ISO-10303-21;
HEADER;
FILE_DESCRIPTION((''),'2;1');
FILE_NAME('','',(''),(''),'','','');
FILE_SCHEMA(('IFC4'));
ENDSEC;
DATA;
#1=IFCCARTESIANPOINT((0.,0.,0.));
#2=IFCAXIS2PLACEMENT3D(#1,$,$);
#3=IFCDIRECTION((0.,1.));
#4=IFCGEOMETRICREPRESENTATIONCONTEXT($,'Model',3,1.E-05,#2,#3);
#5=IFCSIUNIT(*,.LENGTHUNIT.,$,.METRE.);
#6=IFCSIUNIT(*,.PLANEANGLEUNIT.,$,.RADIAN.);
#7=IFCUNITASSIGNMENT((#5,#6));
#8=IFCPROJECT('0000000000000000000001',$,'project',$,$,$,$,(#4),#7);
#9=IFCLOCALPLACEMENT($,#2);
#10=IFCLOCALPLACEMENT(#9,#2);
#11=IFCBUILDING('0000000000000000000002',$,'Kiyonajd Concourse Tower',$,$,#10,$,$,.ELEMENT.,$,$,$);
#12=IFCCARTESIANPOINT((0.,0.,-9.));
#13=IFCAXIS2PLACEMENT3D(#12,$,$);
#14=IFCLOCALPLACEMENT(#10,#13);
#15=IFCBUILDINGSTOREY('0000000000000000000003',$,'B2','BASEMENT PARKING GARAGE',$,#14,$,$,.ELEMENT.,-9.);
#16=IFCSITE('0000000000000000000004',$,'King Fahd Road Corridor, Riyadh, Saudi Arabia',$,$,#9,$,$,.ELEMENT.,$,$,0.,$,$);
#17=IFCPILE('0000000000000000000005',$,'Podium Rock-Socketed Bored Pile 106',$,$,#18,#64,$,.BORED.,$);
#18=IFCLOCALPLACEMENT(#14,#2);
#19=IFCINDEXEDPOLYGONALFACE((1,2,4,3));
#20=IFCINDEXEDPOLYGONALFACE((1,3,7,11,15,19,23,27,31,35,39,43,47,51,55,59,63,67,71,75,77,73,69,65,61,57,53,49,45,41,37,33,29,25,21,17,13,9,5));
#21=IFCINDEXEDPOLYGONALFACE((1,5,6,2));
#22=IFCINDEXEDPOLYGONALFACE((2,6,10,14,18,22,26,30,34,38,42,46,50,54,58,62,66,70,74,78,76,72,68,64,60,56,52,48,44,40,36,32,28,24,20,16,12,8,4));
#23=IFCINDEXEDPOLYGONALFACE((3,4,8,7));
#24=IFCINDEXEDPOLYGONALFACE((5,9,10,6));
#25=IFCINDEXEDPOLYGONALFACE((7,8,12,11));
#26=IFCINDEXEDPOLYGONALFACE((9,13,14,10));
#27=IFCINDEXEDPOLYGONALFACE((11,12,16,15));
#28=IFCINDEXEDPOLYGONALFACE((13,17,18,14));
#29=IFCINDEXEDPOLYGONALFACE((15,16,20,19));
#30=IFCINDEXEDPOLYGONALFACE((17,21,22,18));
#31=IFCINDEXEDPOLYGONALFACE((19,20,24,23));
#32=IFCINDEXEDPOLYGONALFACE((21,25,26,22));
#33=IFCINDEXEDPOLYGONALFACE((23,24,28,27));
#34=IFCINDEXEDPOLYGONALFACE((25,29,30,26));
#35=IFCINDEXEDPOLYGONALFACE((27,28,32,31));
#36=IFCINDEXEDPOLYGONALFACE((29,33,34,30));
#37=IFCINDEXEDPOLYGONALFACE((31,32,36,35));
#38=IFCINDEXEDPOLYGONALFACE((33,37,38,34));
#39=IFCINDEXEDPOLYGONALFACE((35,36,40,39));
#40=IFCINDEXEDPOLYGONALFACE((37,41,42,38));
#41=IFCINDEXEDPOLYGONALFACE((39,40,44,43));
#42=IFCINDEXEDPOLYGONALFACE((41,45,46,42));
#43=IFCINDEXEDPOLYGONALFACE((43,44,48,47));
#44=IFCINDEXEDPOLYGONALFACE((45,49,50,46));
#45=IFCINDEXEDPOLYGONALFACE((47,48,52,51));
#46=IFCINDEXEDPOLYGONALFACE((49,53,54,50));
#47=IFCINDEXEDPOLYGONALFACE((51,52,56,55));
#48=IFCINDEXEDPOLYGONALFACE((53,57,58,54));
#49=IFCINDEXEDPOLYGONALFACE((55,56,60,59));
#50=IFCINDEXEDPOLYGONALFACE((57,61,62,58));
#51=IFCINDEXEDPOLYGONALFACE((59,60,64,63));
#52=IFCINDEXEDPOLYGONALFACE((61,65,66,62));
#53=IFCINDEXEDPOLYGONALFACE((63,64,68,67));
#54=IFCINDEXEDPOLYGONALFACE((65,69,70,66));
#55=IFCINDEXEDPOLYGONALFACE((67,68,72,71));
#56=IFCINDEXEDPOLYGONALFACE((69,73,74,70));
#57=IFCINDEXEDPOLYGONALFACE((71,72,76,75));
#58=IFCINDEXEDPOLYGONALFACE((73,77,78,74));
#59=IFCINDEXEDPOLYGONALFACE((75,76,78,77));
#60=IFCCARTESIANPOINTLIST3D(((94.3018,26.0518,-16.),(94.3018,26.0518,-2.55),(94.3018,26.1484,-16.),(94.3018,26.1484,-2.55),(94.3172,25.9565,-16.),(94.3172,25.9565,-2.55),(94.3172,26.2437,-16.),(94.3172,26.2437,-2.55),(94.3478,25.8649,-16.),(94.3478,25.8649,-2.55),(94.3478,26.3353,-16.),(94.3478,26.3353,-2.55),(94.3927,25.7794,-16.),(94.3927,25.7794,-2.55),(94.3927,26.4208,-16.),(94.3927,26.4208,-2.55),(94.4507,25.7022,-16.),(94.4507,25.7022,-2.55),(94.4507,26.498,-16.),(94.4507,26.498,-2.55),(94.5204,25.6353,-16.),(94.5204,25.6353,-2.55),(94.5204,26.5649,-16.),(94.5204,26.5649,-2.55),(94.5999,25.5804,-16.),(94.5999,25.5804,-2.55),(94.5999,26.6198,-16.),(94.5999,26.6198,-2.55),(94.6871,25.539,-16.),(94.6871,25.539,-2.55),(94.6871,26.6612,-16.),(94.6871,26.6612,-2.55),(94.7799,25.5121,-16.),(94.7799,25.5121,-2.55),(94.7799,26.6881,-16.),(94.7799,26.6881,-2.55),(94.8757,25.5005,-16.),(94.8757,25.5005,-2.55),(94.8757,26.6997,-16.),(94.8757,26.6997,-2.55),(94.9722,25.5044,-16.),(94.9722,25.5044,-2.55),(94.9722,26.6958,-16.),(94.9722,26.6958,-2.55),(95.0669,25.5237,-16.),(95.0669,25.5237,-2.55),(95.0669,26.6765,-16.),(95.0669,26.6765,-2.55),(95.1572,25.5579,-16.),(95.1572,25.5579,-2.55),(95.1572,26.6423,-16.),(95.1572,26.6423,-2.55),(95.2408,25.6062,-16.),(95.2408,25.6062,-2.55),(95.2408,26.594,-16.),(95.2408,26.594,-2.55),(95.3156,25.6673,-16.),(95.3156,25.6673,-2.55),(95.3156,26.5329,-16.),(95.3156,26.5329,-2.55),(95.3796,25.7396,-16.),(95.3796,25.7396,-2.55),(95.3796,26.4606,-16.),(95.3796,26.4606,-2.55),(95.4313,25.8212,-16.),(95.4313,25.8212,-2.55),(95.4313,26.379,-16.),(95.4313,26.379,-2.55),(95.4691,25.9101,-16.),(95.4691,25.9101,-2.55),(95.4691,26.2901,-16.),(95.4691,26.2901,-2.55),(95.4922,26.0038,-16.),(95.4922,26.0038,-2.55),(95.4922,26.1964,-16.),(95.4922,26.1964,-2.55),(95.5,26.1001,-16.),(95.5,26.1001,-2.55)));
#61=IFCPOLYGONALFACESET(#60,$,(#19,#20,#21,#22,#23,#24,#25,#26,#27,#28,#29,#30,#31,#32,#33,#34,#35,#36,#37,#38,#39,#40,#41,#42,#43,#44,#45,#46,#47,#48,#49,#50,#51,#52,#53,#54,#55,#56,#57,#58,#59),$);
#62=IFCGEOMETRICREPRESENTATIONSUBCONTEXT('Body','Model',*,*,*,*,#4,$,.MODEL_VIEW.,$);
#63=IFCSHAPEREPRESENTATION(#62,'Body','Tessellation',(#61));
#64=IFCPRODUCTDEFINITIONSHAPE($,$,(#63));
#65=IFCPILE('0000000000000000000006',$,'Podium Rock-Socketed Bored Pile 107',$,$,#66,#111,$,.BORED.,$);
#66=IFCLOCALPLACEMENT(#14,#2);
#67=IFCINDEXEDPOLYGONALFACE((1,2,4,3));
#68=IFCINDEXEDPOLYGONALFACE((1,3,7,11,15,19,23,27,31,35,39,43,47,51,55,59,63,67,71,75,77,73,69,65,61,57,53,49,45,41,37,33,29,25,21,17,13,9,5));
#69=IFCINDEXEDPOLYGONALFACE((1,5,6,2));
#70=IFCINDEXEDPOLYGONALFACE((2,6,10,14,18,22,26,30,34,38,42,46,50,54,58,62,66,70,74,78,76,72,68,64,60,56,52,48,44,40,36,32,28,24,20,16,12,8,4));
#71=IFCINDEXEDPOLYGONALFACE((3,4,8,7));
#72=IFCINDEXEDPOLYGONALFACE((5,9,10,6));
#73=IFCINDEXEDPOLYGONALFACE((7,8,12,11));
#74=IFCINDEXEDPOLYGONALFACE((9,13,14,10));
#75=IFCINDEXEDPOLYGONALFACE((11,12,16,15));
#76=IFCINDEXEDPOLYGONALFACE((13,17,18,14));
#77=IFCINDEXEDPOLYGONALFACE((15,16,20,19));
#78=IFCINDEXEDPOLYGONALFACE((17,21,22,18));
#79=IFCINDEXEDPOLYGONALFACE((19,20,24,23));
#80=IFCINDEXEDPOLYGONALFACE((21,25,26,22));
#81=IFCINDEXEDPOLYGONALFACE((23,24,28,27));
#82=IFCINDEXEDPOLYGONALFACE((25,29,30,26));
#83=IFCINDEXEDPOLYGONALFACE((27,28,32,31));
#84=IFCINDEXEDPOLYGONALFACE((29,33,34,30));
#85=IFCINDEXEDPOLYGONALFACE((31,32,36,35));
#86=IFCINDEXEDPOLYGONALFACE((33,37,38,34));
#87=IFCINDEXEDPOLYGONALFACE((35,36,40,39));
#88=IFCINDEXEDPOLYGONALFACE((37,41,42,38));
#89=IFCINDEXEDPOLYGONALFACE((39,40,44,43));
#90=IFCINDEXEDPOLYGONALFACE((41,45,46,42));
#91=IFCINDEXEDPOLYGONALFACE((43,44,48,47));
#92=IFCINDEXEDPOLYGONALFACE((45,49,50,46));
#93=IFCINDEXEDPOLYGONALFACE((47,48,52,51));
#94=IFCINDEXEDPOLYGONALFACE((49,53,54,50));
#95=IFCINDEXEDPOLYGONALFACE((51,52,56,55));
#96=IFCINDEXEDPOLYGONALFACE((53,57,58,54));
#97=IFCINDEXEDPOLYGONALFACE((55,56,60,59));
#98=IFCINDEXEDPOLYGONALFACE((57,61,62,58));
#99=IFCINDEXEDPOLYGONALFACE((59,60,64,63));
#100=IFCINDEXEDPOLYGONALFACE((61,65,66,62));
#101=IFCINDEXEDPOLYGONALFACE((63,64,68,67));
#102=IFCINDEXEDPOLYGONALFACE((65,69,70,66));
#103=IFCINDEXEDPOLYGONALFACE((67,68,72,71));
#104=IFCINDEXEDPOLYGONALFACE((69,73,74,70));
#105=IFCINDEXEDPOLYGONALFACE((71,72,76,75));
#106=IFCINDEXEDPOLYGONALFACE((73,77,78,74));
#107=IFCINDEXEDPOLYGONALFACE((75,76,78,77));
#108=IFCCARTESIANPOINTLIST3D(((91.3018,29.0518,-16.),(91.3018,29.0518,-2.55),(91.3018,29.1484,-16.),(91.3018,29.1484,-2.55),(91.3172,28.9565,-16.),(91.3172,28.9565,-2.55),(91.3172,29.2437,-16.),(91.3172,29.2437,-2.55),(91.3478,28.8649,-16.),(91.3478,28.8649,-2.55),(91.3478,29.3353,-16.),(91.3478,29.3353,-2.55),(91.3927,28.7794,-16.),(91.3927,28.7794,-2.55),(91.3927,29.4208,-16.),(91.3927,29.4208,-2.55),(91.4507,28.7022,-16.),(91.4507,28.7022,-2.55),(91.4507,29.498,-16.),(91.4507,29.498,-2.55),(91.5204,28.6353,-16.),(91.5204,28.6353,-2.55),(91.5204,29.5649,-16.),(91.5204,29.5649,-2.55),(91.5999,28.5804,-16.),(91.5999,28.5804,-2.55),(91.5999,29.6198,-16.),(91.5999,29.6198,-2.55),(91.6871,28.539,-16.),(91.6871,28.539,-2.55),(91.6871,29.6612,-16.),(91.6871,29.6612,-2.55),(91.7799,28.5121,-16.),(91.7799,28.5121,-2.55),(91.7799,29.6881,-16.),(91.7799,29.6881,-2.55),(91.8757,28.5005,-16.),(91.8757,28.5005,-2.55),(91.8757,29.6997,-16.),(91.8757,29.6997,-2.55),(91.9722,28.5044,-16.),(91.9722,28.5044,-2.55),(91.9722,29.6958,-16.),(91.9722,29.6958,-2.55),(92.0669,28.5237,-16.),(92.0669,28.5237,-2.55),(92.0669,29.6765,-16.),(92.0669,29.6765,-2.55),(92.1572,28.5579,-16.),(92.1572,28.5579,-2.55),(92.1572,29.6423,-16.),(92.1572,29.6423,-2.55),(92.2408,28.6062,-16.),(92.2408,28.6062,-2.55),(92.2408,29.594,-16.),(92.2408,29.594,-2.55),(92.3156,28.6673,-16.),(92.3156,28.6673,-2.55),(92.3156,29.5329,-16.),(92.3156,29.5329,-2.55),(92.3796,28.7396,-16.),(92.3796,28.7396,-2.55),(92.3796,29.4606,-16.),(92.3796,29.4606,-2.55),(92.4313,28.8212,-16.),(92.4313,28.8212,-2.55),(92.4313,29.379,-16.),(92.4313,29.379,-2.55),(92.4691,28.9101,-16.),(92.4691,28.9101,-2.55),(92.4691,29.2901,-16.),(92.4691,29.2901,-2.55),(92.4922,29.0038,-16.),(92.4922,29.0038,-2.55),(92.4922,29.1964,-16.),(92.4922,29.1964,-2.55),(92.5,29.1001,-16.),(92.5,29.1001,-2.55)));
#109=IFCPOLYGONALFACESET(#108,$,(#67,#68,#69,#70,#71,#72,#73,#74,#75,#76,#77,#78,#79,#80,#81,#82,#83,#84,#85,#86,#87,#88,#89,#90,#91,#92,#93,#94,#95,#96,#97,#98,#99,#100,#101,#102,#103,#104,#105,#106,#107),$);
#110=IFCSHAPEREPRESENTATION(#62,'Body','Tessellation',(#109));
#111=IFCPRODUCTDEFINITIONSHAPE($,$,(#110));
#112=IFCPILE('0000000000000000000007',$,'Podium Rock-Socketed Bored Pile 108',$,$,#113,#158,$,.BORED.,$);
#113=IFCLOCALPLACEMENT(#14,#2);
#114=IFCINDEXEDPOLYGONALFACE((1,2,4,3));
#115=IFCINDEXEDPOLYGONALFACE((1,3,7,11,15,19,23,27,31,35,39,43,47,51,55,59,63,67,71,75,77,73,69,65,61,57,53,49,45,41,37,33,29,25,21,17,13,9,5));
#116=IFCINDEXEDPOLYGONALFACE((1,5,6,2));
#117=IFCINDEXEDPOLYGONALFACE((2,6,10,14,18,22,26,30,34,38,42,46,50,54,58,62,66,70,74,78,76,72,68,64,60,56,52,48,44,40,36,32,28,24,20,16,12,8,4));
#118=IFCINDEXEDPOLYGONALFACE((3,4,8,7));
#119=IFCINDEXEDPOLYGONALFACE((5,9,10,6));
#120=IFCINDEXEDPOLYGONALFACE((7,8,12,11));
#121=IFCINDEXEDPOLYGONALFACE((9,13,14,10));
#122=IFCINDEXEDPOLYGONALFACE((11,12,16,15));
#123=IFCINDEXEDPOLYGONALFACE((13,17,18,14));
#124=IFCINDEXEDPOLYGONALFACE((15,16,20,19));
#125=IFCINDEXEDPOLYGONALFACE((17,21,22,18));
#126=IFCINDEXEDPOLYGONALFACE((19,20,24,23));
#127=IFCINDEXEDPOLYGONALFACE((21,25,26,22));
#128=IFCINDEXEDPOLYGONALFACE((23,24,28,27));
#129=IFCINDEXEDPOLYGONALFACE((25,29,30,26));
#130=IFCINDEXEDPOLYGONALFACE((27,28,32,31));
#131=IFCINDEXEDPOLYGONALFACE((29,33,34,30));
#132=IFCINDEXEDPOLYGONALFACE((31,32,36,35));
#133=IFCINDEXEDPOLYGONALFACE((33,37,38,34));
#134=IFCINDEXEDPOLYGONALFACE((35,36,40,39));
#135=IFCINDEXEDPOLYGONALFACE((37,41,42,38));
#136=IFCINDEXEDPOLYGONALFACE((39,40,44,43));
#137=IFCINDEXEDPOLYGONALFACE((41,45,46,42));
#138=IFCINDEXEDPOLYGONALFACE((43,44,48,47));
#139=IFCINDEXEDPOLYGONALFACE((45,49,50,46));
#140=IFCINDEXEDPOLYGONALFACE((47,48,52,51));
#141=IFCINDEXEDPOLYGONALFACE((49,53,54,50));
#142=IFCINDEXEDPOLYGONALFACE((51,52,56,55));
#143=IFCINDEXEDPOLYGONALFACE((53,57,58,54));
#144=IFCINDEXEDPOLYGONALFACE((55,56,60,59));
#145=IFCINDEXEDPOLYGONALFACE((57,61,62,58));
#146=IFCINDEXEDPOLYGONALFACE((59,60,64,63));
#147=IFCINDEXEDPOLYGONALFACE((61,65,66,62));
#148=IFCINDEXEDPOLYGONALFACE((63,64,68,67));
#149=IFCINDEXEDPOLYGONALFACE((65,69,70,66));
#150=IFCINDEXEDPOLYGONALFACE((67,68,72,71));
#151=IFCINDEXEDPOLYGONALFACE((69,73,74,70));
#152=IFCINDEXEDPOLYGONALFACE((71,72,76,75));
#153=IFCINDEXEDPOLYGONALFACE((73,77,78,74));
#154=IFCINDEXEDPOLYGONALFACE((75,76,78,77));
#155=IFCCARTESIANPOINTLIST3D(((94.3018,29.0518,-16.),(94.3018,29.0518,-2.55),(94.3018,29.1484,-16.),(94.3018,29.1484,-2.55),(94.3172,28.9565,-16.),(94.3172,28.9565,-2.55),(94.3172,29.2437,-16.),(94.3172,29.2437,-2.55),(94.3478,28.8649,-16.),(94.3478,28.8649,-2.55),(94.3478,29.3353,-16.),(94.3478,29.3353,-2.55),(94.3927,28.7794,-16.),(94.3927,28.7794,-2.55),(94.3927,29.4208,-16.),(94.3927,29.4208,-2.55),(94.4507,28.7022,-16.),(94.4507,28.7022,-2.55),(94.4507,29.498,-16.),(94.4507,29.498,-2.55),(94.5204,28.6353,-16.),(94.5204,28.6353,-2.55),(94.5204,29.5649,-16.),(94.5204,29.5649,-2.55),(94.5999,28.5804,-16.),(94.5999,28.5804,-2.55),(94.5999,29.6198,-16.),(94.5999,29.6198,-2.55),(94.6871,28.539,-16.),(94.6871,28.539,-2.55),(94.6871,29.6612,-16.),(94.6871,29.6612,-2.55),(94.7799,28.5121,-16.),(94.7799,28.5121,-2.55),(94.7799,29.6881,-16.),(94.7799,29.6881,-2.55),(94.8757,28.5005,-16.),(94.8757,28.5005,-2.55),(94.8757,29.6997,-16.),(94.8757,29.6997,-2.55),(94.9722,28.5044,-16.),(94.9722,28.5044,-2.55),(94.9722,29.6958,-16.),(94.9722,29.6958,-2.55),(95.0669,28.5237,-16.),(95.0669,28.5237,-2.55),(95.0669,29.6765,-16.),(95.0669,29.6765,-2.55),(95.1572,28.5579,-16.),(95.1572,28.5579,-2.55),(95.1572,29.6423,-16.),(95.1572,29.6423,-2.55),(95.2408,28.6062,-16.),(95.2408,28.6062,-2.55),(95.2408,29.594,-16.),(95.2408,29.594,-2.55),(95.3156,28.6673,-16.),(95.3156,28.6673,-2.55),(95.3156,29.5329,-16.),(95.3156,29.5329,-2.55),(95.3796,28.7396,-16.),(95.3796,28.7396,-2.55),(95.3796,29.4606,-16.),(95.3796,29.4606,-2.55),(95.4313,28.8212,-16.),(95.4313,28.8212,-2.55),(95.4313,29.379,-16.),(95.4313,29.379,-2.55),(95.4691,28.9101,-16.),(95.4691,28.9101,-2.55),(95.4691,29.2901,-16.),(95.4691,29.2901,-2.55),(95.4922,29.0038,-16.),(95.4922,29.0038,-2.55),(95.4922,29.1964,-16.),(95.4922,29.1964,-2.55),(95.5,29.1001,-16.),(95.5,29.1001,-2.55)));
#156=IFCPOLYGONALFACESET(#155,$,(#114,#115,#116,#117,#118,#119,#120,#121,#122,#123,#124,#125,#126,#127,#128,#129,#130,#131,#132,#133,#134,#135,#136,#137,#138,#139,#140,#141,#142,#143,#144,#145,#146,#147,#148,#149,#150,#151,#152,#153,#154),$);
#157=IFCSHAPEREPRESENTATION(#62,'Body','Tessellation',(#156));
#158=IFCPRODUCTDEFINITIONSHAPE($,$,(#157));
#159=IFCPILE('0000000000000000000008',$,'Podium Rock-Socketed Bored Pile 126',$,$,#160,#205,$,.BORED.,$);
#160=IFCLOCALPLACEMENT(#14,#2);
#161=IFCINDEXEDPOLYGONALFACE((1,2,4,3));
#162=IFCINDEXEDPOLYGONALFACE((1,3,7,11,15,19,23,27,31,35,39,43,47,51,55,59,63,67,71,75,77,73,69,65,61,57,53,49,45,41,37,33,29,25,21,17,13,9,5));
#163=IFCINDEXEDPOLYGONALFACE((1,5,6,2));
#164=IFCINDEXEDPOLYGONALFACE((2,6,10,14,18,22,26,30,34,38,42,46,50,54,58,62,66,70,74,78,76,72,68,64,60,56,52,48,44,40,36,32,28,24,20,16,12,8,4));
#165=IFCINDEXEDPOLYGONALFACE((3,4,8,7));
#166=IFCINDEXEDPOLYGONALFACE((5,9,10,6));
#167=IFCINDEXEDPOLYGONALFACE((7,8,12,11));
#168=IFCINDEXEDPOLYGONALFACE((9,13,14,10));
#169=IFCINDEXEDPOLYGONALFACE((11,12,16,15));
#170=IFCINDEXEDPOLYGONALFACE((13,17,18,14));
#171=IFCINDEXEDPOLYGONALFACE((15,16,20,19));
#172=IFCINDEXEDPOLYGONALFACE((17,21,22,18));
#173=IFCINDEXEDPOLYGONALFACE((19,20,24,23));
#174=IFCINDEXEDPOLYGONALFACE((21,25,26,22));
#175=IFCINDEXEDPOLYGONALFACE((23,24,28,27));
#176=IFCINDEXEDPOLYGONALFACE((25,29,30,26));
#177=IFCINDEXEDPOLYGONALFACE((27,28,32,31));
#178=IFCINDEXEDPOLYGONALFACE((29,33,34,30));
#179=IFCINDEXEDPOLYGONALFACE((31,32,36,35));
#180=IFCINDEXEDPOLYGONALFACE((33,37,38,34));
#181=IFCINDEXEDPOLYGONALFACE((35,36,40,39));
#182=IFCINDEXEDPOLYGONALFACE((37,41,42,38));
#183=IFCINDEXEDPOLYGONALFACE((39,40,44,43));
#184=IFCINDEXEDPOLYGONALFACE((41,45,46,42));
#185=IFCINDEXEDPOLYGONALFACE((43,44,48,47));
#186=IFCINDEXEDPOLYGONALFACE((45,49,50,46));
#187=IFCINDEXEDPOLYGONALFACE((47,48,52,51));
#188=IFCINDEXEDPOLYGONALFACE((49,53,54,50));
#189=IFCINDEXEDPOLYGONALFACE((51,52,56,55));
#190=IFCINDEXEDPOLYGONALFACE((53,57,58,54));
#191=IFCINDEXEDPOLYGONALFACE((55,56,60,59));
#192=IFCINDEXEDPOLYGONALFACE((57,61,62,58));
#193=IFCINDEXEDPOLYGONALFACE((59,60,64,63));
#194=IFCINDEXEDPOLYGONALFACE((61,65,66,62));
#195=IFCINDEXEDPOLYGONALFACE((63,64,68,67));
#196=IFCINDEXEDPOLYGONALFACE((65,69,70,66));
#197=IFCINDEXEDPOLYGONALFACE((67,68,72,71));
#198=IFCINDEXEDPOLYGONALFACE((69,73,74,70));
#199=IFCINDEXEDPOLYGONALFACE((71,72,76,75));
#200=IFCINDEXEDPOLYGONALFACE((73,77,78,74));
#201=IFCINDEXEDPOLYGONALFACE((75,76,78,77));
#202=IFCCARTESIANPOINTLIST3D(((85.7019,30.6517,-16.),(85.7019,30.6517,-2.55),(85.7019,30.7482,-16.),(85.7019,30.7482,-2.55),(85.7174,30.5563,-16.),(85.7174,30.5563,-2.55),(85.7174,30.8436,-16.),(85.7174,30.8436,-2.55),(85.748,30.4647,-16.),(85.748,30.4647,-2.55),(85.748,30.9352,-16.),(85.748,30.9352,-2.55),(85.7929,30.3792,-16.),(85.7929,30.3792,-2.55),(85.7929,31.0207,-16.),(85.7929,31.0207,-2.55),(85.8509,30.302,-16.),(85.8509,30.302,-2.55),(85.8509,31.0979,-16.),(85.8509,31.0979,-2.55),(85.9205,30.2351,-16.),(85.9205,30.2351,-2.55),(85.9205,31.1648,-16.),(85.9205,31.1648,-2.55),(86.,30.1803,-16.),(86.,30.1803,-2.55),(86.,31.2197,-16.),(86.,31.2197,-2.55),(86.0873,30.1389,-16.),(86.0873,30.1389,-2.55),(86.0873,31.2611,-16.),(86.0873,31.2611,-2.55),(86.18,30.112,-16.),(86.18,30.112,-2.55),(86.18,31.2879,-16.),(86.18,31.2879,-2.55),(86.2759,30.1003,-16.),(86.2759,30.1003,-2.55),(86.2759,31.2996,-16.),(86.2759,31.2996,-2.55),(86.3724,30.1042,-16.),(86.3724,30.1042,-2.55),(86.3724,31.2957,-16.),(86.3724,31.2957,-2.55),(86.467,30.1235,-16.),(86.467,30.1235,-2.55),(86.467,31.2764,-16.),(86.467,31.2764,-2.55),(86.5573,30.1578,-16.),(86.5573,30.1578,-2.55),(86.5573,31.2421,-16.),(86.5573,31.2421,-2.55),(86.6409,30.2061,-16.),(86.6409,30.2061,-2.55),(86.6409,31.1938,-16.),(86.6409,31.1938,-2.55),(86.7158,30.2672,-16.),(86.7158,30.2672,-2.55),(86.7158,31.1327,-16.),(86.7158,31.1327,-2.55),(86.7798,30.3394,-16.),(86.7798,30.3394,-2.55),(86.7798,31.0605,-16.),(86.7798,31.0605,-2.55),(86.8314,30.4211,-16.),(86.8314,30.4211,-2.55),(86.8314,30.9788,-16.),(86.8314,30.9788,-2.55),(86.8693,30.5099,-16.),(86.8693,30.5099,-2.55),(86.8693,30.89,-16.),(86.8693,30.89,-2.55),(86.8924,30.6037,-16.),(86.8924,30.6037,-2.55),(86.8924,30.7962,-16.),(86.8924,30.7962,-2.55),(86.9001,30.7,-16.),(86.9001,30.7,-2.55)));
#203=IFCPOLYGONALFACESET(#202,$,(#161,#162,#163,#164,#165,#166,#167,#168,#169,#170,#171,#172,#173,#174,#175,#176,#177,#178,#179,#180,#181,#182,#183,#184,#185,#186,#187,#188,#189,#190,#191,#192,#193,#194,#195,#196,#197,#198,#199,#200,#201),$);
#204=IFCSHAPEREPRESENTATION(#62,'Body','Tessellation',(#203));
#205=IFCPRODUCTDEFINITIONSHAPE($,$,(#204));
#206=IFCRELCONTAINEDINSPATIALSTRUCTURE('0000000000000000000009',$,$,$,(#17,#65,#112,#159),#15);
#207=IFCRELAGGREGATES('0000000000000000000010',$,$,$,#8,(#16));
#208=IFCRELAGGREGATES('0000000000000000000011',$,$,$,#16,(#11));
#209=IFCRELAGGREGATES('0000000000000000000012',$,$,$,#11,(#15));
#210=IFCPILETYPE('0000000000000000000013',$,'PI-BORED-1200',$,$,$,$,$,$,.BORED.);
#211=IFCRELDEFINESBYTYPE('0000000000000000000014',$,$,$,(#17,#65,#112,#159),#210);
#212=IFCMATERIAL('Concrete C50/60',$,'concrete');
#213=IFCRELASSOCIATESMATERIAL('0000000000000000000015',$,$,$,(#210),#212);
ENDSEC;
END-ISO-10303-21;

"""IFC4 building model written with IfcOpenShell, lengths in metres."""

from ifc_helpers import new_model, si_unit, direction, frame, origin, origin_2d, place, context, subcontext, project, spatial, circle, extrude, material, material_profile, profile_set, type_object, element, save


model = new_model("IFC4")

# Units and contexts
model_context = context("Model", 3, precision=1e-05, world=origin(), true_north=direction((0.0, 1.0)))
body_context = subcontext(model_context, "Body", "Model", "MODEL_VIEW")
ifc_project = project(units=[si_unit("LENGTHUNIT", "METRE"), si_unit("PLANEANGLEUNIT", "RADIAN")], contexts=[model_context])

# Site, building, storey
site_placement = place(None, origin())
site = spatial("IfcSite", under=ifc_project, at=site_placement, Name="King Fahd Road Corridor, Riyadh, Saudi Arabia", CompositionType="ELEMENT", RefElevation=0.0)
building_placement = place(site_placement, origin())
building = spatial("IfcBuilding", under=site, at=building_placement, Name="Kiyonajd Concourse Tower", CompositionType="ELEMENT")
storey_placement = place(building_placement, frame((0.0, 0.0, -9.0)))
storey = spatial("IfcBuildingStorey", under=building, at=storey_placement, Name="B2", Description="BASEMENT PARKING GARAGE", CompositionType="ELEMENT", Elevation=-9.0)

# Shared definitions
ifc_material_1 = material(Name="Concrete C50/60", Category="concrete")

# Piles
ifc_material_profile_1 = material_profile(ifc_material_1, circle(Radius=0.6001, at=origin_2d()), Name="PILE-D1200")
ifc_profile_set_1 = profile_set([ifc_material_profile_1], Name="Concrete C50/60")
pile_type = type_object("IfcPileType", Name="PI-BORED-1200", PredefinedType="BORED", material=ifc_profile_set_1)
for number, where, z_axis, x_axis, name in (
    (1, (94.8999, 26.1001, -2.55), (0.0, 0.0, -1.0), (1.0, 0.0, 0.0), "Podium Rock-Socketed Bored Pile 106"),
    (2, (91.8999, 29.1001, -2.55), (0.0, 0.0, -1.0), (1.0, 0.0, 0.0), "Podium Rock-Socketed Bored Pile 107"),
    (3, (94.8999, 29.1001, -2.55), (0.0, 0.0, -1.0), (1.0, 0.0, 0.0), "Podium Rock-Socketed Bored Pile 108"),
    (4, (86.3, 30.7, -2.55), (0.0, 0.0, -1.0), (1.0, 0.0, 0.0), "Podium Rock-Socketed Bored Pile 126"),
):
    element("IfcPile", number, at=place(storey_placement, frame(where, z_axis=z_axis, x_axis=x_axis)), inside=storey, type_object=pile_type, Name=name, PredefinedType="BORED", context=body_context, shape_type="SweptSolid", body=[
        extrude(circle(Radius=0.6001, at=origin_2d()), origin(), (0.0, 0.0, 1.0), 13.45),
    ])

save(model, "model.ifc")
